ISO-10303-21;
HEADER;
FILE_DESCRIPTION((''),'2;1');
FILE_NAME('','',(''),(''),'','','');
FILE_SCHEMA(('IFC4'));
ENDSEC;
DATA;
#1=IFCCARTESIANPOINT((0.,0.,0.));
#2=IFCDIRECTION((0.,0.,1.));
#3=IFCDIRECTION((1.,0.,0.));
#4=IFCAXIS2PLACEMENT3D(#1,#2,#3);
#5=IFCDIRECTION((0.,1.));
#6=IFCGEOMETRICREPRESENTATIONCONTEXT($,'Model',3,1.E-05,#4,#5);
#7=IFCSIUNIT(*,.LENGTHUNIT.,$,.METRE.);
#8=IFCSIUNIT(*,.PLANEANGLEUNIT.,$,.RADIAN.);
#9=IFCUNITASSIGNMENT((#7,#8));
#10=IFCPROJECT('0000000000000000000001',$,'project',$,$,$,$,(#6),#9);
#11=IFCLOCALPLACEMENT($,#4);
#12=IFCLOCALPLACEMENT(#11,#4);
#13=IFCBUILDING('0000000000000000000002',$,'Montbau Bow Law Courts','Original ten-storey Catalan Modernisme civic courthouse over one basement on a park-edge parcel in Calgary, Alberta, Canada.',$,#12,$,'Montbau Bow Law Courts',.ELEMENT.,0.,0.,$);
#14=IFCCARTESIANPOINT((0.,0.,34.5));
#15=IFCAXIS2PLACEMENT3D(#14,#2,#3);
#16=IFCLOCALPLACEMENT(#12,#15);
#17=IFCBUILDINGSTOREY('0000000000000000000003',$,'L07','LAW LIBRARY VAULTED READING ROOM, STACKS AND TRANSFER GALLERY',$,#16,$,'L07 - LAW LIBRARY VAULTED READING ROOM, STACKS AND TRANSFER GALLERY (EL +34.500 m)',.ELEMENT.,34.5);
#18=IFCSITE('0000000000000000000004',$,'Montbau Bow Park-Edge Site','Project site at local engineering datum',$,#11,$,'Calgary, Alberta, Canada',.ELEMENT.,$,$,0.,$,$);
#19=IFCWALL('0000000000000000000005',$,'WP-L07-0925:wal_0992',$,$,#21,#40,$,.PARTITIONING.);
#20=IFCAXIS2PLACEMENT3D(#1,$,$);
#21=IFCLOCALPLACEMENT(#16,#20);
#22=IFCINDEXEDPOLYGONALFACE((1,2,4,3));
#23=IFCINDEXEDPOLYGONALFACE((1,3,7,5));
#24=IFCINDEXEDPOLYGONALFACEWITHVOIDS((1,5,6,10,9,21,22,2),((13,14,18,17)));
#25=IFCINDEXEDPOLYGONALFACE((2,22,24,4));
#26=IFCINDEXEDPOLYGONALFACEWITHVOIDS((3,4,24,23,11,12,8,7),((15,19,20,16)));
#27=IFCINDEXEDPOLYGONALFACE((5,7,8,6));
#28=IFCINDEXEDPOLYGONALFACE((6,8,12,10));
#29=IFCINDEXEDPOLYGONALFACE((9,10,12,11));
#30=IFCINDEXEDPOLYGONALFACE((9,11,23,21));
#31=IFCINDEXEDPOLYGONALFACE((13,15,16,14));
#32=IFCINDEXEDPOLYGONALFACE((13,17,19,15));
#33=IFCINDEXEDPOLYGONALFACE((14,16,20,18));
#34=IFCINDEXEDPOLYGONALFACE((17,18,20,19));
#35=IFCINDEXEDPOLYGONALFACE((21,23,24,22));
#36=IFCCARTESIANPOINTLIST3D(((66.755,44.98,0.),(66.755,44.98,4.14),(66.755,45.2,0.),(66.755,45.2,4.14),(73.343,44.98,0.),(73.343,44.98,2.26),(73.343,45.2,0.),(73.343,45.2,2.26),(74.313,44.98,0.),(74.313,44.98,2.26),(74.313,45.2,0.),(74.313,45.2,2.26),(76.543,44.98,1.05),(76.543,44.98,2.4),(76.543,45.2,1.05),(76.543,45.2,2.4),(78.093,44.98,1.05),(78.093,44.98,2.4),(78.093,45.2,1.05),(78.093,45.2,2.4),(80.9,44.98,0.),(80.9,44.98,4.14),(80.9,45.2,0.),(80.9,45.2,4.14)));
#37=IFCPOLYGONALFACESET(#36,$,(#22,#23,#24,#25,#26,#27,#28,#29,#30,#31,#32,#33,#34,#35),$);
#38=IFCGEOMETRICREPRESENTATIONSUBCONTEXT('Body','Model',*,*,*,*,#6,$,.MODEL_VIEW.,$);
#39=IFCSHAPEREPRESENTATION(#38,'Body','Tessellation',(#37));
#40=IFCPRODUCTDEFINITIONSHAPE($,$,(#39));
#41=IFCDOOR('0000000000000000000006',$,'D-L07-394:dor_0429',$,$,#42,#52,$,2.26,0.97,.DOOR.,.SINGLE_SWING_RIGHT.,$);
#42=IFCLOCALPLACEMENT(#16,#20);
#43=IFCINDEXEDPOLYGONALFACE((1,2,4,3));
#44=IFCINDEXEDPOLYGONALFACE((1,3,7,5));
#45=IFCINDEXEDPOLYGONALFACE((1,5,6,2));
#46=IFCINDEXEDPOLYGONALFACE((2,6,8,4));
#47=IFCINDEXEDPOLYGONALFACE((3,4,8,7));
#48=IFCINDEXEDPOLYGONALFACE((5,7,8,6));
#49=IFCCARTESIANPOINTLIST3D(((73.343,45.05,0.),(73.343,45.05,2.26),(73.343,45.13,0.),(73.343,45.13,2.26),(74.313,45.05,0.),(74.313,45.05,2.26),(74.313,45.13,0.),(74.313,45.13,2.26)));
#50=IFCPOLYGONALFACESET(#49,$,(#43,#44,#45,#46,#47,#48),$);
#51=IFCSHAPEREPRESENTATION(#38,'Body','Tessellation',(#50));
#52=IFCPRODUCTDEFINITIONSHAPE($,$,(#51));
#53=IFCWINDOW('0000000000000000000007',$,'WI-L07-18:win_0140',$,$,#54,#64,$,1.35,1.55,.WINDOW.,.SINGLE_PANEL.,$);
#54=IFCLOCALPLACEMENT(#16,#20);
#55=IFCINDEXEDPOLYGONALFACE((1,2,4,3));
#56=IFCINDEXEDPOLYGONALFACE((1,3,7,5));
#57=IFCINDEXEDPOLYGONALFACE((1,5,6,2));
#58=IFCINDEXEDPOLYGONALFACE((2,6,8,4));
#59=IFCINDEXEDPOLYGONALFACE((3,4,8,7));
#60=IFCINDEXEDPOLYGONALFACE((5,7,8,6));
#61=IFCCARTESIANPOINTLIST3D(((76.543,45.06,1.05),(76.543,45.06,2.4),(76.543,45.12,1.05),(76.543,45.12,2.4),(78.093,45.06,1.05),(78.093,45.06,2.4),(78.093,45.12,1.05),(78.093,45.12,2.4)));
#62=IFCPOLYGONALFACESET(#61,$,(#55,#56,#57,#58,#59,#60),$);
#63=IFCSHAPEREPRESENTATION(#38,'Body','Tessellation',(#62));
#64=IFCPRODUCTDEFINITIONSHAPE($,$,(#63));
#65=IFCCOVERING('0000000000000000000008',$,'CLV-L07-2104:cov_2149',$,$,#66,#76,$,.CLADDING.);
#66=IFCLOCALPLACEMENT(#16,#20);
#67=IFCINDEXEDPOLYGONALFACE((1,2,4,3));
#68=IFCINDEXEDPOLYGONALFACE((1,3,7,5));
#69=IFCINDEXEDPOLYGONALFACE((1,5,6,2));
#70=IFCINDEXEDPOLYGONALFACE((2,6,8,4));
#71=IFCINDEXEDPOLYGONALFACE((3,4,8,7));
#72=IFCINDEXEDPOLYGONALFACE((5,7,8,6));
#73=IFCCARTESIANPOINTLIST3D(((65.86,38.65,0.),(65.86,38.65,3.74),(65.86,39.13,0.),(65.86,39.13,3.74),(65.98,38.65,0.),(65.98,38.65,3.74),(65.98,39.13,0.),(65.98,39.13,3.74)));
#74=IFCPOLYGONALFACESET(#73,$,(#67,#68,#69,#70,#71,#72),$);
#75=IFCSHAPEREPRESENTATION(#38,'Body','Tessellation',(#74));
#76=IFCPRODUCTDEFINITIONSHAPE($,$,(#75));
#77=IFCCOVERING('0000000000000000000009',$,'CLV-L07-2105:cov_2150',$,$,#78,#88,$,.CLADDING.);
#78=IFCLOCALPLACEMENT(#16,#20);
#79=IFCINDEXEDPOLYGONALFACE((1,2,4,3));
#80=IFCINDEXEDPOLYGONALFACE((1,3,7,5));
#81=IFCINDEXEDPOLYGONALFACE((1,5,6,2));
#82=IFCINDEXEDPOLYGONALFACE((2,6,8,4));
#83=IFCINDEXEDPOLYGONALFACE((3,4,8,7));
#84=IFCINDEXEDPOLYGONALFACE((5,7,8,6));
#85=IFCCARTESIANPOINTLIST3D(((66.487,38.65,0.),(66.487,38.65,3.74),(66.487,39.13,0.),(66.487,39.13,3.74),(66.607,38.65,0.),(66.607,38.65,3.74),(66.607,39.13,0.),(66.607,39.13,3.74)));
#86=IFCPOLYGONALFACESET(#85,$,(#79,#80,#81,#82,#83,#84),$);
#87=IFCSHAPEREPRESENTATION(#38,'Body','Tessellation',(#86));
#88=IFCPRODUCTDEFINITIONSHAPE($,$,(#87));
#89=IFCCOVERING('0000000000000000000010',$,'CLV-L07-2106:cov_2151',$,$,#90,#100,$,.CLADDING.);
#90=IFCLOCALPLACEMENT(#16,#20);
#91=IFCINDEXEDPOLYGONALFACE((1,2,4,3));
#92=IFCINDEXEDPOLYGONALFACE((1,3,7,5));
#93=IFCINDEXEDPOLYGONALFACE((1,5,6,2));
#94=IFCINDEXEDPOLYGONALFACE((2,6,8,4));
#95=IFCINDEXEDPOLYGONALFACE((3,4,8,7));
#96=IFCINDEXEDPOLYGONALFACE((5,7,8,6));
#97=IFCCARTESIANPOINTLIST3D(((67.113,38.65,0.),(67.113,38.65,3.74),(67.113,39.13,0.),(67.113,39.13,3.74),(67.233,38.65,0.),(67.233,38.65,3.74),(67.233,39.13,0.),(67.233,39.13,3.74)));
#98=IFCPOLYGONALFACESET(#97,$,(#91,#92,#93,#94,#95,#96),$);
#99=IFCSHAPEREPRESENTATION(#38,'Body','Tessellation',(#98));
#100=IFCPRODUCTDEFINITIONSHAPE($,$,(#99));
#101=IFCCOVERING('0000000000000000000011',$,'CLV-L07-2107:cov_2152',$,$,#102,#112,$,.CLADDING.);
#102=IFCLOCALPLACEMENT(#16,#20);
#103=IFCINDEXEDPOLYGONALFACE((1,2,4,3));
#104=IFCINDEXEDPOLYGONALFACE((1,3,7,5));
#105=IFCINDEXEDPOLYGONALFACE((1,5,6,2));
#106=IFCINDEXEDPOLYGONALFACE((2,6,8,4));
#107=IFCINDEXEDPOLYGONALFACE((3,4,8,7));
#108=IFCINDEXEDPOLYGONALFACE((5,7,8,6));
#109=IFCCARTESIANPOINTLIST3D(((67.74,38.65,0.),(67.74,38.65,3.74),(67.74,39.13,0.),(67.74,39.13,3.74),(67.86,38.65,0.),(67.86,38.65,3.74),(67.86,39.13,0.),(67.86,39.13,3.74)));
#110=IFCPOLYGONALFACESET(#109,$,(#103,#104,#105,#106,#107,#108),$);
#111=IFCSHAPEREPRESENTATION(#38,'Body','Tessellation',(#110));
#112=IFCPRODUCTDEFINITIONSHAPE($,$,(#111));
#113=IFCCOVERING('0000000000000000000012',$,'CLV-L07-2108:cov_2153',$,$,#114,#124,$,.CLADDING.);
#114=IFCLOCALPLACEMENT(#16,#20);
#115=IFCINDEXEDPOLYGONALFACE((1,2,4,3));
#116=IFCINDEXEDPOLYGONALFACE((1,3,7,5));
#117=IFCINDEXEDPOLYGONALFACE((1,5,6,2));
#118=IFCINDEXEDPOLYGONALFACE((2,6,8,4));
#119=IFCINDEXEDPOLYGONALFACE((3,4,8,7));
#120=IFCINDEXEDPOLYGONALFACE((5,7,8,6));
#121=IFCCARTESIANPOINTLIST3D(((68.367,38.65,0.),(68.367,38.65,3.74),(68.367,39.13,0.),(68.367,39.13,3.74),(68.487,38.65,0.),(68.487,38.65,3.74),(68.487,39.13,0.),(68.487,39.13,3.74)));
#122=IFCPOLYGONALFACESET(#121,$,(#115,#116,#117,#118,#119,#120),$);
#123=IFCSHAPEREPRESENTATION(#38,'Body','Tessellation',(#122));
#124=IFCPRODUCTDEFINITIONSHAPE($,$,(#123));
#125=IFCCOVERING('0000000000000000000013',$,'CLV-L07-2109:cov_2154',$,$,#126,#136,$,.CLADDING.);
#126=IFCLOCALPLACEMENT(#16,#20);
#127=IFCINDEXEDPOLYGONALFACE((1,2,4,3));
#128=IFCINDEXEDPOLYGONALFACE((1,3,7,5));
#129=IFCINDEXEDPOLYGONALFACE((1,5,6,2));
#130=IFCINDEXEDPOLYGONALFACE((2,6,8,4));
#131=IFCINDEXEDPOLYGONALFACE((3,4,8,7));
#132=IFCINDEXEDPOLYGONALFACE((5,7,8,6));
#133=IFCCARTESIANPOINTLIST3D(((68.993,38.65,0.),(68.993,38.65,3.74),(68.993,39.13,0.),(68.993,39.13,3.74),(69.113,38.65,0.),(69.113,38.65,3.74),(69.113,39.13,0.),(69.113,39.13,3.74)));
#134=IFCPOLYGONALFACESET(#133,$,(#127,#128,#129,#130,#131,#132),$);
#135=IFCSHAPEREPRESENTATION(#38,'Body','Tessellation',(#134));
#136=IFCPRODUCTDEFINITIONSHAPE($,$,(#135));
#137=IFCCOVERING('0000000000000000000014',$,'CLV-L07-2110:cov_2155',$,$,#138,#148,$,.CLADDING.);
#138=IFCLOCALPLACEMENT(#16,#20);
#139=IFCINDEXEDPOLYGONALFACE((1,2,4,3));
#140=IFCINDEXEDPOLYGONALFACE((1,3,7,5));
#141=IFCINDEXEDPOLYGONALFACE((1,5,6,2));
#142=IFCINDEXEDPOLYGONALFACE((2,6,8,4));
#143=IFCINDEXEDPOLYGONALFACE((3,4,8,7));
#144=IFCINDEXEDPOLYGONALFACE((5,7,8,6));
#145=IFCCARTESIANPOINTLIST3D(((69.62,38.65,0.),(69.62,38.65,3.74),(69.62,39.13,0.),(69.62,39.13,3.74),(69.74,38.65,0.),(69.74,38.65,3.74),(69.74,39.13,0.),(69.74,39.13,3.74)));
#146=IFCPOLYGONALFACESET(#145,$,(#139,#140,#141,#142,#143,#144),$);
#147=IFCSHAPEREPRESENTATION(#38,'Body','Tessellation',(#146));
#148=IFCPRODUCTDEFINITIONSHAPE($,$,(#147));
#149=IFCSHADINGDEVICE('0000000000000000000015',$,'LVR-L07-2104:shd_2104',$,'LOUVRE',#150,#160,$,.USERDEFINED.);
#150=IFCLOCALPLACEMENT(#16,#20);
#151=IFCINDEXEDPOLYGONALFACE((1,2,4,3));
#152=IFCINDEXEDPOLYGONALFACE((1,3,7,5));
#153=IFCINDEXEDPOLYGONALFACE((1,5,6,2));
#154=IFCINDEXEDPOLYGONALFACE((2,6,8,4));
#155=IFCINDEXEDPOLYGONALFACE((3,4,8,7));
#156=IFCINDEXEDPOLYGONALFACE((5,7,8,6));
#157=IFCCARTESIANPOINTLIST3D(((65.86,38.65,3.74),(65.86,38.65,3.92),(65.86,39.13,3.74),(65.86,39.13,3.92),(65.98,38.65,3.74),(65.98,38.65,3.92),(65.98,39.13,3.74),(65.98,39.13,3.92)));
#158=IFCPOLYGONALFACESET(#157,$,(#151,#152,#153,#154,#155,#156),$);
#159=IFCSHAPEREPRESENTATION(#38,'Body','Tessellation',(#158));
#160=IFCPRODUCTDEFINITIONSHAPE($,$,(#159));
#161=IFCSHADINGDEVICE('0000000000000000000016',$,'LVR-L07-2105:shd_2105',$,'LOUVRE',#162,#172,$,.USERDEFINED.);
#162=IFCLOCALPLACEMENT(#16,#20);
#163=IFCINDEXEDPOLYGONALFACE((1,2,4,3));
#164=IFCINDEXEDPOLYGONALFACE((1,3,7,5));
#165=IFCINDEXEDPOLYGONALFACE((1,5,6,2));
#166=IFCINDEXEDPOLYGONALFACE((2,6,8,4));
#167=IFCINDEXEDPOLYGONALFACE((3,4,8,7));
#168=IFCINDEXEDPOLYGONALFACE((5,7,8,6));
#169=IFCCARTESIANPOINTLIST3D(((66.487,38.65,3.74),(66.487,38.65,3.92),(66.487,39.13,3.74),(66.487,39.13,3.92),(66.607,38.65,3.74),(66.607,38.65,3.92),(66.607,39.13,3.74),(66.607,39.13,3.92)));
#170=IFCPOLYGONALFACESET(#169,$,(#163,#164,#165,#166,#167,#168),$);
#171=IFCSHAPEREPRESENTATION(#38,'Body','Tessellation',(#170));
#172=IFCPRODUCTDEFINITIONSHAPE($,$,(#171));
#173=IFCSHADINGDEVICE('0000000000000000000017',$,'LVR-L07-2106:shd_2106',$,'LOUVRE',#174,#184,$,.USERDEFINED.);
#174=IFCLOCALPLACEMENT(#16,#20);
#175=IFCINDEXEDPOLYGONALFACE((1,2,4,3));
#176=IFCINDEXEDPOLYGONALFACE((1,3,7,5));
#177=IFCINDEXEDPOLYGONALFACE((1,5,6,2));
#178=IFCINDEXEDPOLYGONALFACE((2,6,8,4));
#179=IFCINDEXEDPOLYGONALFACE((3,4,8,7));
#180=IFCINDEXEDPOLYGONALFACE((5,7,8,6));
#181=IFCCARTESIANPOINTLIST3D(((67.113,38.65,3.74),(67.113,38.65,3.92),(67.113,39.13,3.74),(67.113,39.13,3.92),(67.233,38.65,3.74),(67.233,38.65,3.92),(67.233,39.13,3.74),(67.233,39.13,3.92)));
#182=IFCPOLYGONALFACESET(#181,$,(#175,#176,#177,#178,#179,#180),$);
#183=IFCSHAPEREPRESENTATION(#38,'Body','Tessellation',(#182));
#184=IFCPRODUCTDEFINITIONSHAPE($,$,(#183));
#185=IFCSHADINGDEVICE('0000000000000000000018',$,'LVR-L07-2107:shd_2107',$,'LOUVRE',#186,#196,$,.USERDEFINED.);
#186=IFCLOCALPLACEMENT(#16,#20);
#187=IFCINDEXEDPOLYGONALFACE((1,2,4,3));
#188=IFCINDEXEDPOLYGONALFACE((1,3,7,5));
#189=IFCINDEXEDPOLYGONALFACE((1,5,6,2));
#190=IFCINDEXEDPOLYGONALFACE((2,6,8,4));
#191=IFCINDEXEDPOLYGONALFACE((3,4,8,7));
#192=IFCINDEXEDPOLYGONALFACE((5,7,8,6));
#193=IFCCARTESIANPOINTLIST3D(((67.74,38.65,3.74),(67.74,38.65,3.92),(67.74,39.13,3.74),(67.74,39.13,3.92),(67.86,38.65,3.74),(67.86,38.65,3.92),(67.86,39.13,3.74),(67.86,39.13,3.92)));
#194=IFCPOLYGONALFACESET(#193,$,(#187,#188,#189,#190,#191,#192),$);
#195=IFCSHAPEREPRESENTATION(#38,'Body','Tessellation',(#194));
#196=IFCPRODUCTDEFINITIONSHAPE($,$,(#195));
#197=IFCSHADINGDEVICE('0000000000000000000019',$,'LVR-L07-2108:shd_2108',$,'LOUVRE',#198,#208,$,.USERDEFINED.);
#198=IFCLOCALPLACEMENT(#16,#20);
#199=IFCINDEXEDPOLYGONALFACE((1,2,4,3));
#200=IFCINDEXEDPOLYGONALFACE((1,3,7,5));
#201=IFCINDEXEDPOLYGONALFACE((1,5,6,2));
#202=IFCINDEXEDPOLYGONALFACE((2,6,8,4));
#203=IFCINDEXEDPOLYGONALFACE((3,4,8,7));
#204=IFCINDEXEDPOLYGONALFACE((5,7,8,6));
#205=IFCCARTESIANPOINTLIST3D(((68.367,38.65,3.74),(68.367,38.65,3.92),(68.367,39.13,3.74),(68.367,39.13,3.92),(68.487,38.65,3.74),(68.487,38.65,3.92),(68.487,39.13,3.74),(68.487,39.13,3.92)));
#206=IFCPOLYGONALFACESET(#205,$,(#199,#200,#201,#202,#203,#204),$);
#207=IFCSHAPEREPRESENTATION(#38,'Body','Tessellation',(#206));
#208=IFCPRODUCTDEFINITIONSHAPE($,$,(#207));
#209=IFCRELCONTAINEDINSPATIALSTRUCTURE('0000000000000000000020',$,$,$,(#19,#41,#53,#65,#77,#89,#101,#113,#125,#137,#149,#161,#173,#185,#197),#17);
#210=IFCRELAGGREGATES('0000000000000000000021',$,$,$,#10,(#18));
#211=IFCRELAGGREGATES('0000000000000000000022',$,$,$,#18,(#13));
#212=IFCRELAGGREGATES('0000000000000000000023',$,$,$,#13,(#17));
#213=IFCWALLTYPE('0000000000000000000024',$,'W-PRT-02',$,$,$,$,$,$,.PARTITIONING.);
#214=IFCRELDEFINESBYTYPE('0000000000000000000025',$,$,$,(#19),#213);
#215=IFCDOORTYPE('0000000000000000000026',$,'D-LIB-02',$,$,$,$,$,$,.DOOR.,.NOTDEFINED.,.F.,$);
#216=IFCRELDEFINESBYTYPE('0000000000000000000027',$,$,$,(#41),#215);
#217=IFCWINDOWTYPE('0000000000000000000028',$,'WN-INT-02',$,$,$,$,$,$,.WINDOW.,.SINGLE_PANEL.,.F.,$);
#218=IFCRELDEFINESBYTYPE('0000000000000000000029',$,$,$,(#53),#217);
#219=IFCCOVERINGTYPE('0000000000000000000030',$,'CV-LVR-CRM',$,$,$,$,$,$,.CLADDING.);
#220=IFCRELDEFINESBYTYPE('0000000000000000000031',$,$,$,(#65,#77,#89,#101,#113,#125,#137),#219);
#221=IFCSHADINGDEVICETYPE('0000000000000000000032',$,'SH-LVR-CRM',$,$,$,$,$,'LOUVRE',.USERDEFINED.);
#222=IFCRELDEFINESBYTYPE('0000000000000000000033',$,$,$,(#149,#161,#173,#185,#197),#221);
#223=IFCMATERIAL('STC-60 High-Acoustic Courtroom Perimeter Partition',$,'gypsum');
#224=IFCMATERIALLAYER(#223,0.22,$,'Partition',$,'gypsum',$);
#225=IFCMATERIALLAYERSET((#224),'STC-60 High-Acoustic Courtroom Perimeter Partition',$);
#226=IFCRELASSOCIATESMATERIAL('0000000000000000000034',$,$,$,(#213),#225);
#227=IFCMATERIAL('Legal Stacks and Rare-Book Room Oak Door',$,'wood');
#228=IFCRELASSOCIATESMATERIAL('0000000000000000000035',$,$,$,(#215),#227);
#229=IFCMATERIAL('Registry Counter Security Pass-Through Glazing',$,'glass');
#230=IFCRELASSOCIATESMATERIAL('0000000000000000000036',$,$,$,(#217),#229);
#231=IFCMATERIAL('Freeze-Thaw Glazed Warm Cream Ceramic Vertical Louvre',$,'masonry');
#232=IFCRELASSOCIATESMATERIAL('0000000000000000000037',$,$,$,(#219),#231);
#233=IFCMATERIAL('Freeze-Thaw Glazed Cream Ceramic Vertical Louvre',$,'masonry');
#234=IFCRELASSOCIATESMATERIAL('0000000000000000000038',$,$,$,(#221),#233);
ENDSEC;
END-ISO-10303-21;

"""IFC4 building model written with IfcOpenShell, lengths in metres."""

from ifc_helpers import new_model, si_unit, direction, frame, frame_2d, origin_with_axes, origin_2d_with_axis, place, context, subcontext, project, spatial, rectangle, extrude, material, layer, layer_set, type_object, element, fill, save


model = new_model("IFC4")

# Units and contexts
model_context = context("Model", 3, precision=1e-05, world=origin_with_axes(), true_north=direction((0.0, 1.0)))
body_context = subcontext(model_context, "Body", "Model", "MODEL_VIEW")
ifc_project = project(units=[si_unit("LENGTHUNIT", "METRE"), si_unit("PLANEANGLEUNIT", "RADIAN")], contexts=[model_context])

# Site, building, storey
site_placement = place(None, origin_with_axes())
site = spatial("IfcSite", under=ifc_project, at=site_placement, Name="Montbau Bow Park-Edge Site", Description="Project site at local engineering datum", LongName="Calgary, Alberta, Canada", CompositionType="ELEMENT", RefElevation=0.0)
building_placement = place(site_placement, origin_with_axes())
building = spatial("IfcBuilding", under=site, at=building_placement, Name="Montbau Bow Law Courts", Description="Original ten-storey Catalan Modernisme civic courthouse over one basement on a park-edge parcel in Calgary, Alberta, Canada.", LongName="Montbau Bow Law Courts", CompositionType="ELEMENT", ElevationOfRefHeight=0.0, ElevationOfTerrain=0.0)
storey_placement = place(building_placement, frame((0.0, 0.0, 34.5), z_axis=(0.0, 0.0, 1.0), x_axis=(1.0, 0.0, 0.0)))
storey = spatial("IfcBuildingStorey", under=building, at=storey_placement, Name="L07", Description="LAW LIBRARY VAULTED READING ROOM, STACKS AND TRANSFER GALLERY", LongName="L07 - LAW LIBRARY VAULTED READING ROOM, STACKS AND TRANSFER GALLERY (EL +34.500 m)", CompositionType="ELEMENT", Elevation=34.5)

# Wall, openings, door, window
ifc_material_1 = material(Name="STC-60 High-Acoustic Courtroom Perimeter Partition", Category="gypsum")
ifc_layer_1 = layer(ifc_material_1, 0.22, Name="Partition", Category="gypsum")
ifc_layer_set_1 = layer_set([ifc_layer_1], Name="STC-60 High-Acoustic Courtroom Perimeter Partition")
wall_type_1 = type_object("IfcWallType", Name="W-PRT-02", PredefinedType="PARTITIONING", material=ifc_layer_set_1)
wall_1_placement = place(None, frame((66.755, 45.09, 34.5), z_axis=(0.0, 0.0, 1.0), x_axis=(1.0, 0.0, 0.0)))
wall_1 = element("IfcWall", 1, at=wall_1_placement, inside=storey, type_object=wall_type_1, Name="WP-L07-0925:wal_0992", PredefinedType="PARTITIONING", context=body_context, shape_type="SweptSolid", body=[
    extrude(rectangle(XDim=14.145, YDim=0.22, at=frame_2d((7.0725, 0.0), x_axis=(1.0, 0.0))), origin_with_axes(), (0.0, 0.0, 1.0), 4.14),
])
opening_1_placement = place(None, frame((73.828, 45.09, 34.5), z_axis=(0.0, 0.0, 1.0), x_axis=(1.0, 0.0, 0.0)))
opening_1 = element("IfcOpeningElement", 2, at=opening_1_placement, cuts=wall_1, PredefinedType="OPENING", context=body_context, shape_type="SweptSolid", body=[
    extrude(rectangle(XDim=0.97, YDim=2.26, at=frame_2d((0.0, 1.13), x_axis=(1.0, 0.0))), frame((0.0, 0.12, 0.0), z_axis=(0.0, -1.0, 0.0), x_axis=(1.0, 0.0, 0.0)), (0.0, 0.0, 1.0), 0.24),
])
opening_2_placement = place(None, frame((77.318, 45.09, 35.55), z_axis=(0.0, 0.0, 1.0), x_axis=(1.0, 0.0, 0.0)))
opening_2 = element("IfcOpeningElement", 3, at=opening_2_placement, cuts=wall_1, PredefinedType="OPENING", context=body_context, shape_type="SweptSolid", body=[
    extrude(rectangle(XDim=1.55, YDim=1.35, at=frame_2d((0.0, 0.675), x_axis=(1.0, 0.0))), frame((0.0, 0.12, 0.0), z_axis=(0.0, -1.0, 0.0), x_axis=(1.0, 0.0, 0.0)), (0.0, 0.0, 1.0), 0.24),
])
ifc_material_2 = material(Name="Legal Stacks and Rare-Book Room Oak Door", Category="wood")
door_type = type_object("IfcDoorType", Name="D-LIB-02", OperationType="NOTDEFINED", ParameterTakesPrecedence=False, PredefinedType="DOOR", material=ifc_material_2)
door_placement = place(None, frame((73.828, 45.09, 34.5), z_axis=(0.0, 0.0, 1.0), x_axis=(-1.0, 0.0, 0.0)))
door = element("IfcDoor", 4, at=door_placement, inside=storey, type_object=door_type, Name="D-L07-394:dor_0429", OperationType="SINGLE_SWING_RIGHT", OverallHeight=2.26, OverallWidth=0.97, PredefinedType="DOOR", context=body_context, shape_type="SweptSolid", body=[
    extrude(rectangle(XDim=0.97, YDim=2.26, at=frame_2d((0.0, 1.13), x_axis=(1.0, 0.0))), frame((0.0, 0.04, 0.0), z_axis=(0.0, -1.0, 0.0), x_axis=(1.0, 0.0, 0.0)), (0.0, 0.0, 1.0), 0.08),
])
fill(opening_1, door)
ifc_material_3 = material(Name="Registry Counter Security Pass-Through Glazing", Category="glass")
window_type = type_object("IfcWindowType", Name="WN-INT-02", ParameterTakesPrecedence=False, PartitioningType="SINGLE_PANEL", PredefinedType="WINDOW", material=ifc_material_3)
window_placement = place(None, frame((77.318, 45.09, 35.55), z_axis=(0.0, 0.0, 1.0), x_axis=(1.0, 0.0, 0.0)))
window = element("IfcWindow", 5, at=window_placement, inside=storey, type_object=window_type, Name="WI-L07-18:win_0140", OverallHeight=1.35, OverallWidth=1.55, PartitioningType="SINGLE_PANEL", PredefinedType="WINDOW", context=body_context, shape_type="SweptSolid", body=[
    extrude(rectangle(XDim=1.55, YDim=1.35, at=frame_2d((0.0, 0.675), x_axis=(1.0, 0.0))), frame((0.0, 0.03, 0.0), z_axis=(0.0, -1.0, 0.0), x_axis=(1.0, 0.0, 0.0)), (0.0, 0.0, 1.0), 0.06),
])
fill(opening_2, window)

# Coverings
ifc_material_4 = material(Name="Freeze-Thaw Glazed Warm Cream Ceramic Vertical Louvre", Category="masonry")
covering_type = type_object("IfcCoveringType", Name="CV-LVR-CRM", PredefinedType="CLADDING", material=ifc_material_4)
for number, where, z_axis, x_axis, name in (
    (6, (65.92, 39.13, 34.5), (-1.0, 0.0, 0.0), (0.0, -1.0, 0.0), "CLV-L07-2104:cov_2149"),
    (7, (66.547, 39.13, 34.5), (-1.0, 0.0, 0.0), (0.0, -1.0, 0.0), "CLV-L07-2105:cov_2150"),
    (8, (67.173, 39.13, 34.5), (-1.0, 0.0, 0.0), (0.0, -1.0, 0.0), "CLV-L07-2106:cov_2151"),
    (9, (67.8, 39.13, 34.5), (-1.0, 0.0, 0.0), (0.0, -1.0, 0.0), "CLV-L07-2107:cov_2152"),
    (10, (68.427, 39.13, 34.5), (-1.0, 0.0, 0.0), (0.0, -1.0, 0.0), "CLV-L07-2108:cov_2153"),
    (11, (69.053, 39.13, 34.5), (-1.0, 0.0, 0.0), (0.0, -1.0, 0.0), "CLV-L07-2109:cov_2154"),
    (12, (69.68, 39.13, 34.5), (-1.0, 0.0, 0.0), (0.0, -1.0, 0.0), "CLV-L07-2110:cov_2155"),
):
    element("IfcCovering", number, at=place(None, frame(where, z_axis=z_axis, x_axis=x_axis)), inside=storey, type_object=covering_type, Name=name, PredefinedType="CLADDING", context=body_context, shape_type="SweptSolid", body=[
        extrude(rectangle(XDim=0.48, YDim=3.74, at=frame_2d((0.24, 1.87), x_axis=(1.0, 0.0))), frame((0.0, 0.0, -0.06), z_axis=(0.0, 0.0, 1.0), x_axis=(1.0, 0.0, 0.0)), (0.0, 0.0, 1.0), 0.12),
    ])

# Shading devices
ifc_material_5 = material(Name="Freeze-Thaw Glazed Cream Ceramic Vertical Louvre", Category="masonry")
shading_device_type = type_object("IfcShadingDeviceType", Name="SH-LVR-CRM", ElementType="LOUVRE", PredefinedType="USERDEFINED", material=ifc_material_5)
for number, where, z_axis, x_axis, name in (
    (13, (65.92, 38.89, 38.24), (0.0, 0.0, 1.0), (0.0, -1.0, 0.0), "LVR-L07-2104:shd_2104"),
    (14, (66.547, 38.89, 38.24), (0.0, 0.0, 1.0), (0.0, -1.0, 0.0), "LVR-L07-2105:shd_2105"),
    (15, (67.173, 38.89, 38.24), (0.0, 0.0, 1.0), (0.0, -1.0, 0.0), "LVR-L07-2106:shd_2106"),
    (16, (67.8, 38.89, 38.24), (0.0, 0.0, 1.0), (0.0, -1.0, 0.0), "LVR-L07-2107:shd_2107"),
    (17, (68.427, 38.89, 38.24), (0.0, 0.0, 1.0), (0.0, -1.0, 0.0), "LVR-L07-2108:shd_2108"),
):
    element("IfcShadingDevice", number, at=place(None, frame(where, z_axis=z_axis, x_axis=x_axis)), inside=storey, type_object=shading_device_type, Name=name, ObjectType="LOUVRE", PredefinedType="USERDEFINED", context=body_context, shape_type="SweptSolid", body=[
        extrude(rectangle(XDim=0.48, YDim=0.12, at=origin_2d_with_axis()), origin_with_axes(), (0.0, 0.0, 1.0), 0.18),
    ])

save(model, "model.ifc")
